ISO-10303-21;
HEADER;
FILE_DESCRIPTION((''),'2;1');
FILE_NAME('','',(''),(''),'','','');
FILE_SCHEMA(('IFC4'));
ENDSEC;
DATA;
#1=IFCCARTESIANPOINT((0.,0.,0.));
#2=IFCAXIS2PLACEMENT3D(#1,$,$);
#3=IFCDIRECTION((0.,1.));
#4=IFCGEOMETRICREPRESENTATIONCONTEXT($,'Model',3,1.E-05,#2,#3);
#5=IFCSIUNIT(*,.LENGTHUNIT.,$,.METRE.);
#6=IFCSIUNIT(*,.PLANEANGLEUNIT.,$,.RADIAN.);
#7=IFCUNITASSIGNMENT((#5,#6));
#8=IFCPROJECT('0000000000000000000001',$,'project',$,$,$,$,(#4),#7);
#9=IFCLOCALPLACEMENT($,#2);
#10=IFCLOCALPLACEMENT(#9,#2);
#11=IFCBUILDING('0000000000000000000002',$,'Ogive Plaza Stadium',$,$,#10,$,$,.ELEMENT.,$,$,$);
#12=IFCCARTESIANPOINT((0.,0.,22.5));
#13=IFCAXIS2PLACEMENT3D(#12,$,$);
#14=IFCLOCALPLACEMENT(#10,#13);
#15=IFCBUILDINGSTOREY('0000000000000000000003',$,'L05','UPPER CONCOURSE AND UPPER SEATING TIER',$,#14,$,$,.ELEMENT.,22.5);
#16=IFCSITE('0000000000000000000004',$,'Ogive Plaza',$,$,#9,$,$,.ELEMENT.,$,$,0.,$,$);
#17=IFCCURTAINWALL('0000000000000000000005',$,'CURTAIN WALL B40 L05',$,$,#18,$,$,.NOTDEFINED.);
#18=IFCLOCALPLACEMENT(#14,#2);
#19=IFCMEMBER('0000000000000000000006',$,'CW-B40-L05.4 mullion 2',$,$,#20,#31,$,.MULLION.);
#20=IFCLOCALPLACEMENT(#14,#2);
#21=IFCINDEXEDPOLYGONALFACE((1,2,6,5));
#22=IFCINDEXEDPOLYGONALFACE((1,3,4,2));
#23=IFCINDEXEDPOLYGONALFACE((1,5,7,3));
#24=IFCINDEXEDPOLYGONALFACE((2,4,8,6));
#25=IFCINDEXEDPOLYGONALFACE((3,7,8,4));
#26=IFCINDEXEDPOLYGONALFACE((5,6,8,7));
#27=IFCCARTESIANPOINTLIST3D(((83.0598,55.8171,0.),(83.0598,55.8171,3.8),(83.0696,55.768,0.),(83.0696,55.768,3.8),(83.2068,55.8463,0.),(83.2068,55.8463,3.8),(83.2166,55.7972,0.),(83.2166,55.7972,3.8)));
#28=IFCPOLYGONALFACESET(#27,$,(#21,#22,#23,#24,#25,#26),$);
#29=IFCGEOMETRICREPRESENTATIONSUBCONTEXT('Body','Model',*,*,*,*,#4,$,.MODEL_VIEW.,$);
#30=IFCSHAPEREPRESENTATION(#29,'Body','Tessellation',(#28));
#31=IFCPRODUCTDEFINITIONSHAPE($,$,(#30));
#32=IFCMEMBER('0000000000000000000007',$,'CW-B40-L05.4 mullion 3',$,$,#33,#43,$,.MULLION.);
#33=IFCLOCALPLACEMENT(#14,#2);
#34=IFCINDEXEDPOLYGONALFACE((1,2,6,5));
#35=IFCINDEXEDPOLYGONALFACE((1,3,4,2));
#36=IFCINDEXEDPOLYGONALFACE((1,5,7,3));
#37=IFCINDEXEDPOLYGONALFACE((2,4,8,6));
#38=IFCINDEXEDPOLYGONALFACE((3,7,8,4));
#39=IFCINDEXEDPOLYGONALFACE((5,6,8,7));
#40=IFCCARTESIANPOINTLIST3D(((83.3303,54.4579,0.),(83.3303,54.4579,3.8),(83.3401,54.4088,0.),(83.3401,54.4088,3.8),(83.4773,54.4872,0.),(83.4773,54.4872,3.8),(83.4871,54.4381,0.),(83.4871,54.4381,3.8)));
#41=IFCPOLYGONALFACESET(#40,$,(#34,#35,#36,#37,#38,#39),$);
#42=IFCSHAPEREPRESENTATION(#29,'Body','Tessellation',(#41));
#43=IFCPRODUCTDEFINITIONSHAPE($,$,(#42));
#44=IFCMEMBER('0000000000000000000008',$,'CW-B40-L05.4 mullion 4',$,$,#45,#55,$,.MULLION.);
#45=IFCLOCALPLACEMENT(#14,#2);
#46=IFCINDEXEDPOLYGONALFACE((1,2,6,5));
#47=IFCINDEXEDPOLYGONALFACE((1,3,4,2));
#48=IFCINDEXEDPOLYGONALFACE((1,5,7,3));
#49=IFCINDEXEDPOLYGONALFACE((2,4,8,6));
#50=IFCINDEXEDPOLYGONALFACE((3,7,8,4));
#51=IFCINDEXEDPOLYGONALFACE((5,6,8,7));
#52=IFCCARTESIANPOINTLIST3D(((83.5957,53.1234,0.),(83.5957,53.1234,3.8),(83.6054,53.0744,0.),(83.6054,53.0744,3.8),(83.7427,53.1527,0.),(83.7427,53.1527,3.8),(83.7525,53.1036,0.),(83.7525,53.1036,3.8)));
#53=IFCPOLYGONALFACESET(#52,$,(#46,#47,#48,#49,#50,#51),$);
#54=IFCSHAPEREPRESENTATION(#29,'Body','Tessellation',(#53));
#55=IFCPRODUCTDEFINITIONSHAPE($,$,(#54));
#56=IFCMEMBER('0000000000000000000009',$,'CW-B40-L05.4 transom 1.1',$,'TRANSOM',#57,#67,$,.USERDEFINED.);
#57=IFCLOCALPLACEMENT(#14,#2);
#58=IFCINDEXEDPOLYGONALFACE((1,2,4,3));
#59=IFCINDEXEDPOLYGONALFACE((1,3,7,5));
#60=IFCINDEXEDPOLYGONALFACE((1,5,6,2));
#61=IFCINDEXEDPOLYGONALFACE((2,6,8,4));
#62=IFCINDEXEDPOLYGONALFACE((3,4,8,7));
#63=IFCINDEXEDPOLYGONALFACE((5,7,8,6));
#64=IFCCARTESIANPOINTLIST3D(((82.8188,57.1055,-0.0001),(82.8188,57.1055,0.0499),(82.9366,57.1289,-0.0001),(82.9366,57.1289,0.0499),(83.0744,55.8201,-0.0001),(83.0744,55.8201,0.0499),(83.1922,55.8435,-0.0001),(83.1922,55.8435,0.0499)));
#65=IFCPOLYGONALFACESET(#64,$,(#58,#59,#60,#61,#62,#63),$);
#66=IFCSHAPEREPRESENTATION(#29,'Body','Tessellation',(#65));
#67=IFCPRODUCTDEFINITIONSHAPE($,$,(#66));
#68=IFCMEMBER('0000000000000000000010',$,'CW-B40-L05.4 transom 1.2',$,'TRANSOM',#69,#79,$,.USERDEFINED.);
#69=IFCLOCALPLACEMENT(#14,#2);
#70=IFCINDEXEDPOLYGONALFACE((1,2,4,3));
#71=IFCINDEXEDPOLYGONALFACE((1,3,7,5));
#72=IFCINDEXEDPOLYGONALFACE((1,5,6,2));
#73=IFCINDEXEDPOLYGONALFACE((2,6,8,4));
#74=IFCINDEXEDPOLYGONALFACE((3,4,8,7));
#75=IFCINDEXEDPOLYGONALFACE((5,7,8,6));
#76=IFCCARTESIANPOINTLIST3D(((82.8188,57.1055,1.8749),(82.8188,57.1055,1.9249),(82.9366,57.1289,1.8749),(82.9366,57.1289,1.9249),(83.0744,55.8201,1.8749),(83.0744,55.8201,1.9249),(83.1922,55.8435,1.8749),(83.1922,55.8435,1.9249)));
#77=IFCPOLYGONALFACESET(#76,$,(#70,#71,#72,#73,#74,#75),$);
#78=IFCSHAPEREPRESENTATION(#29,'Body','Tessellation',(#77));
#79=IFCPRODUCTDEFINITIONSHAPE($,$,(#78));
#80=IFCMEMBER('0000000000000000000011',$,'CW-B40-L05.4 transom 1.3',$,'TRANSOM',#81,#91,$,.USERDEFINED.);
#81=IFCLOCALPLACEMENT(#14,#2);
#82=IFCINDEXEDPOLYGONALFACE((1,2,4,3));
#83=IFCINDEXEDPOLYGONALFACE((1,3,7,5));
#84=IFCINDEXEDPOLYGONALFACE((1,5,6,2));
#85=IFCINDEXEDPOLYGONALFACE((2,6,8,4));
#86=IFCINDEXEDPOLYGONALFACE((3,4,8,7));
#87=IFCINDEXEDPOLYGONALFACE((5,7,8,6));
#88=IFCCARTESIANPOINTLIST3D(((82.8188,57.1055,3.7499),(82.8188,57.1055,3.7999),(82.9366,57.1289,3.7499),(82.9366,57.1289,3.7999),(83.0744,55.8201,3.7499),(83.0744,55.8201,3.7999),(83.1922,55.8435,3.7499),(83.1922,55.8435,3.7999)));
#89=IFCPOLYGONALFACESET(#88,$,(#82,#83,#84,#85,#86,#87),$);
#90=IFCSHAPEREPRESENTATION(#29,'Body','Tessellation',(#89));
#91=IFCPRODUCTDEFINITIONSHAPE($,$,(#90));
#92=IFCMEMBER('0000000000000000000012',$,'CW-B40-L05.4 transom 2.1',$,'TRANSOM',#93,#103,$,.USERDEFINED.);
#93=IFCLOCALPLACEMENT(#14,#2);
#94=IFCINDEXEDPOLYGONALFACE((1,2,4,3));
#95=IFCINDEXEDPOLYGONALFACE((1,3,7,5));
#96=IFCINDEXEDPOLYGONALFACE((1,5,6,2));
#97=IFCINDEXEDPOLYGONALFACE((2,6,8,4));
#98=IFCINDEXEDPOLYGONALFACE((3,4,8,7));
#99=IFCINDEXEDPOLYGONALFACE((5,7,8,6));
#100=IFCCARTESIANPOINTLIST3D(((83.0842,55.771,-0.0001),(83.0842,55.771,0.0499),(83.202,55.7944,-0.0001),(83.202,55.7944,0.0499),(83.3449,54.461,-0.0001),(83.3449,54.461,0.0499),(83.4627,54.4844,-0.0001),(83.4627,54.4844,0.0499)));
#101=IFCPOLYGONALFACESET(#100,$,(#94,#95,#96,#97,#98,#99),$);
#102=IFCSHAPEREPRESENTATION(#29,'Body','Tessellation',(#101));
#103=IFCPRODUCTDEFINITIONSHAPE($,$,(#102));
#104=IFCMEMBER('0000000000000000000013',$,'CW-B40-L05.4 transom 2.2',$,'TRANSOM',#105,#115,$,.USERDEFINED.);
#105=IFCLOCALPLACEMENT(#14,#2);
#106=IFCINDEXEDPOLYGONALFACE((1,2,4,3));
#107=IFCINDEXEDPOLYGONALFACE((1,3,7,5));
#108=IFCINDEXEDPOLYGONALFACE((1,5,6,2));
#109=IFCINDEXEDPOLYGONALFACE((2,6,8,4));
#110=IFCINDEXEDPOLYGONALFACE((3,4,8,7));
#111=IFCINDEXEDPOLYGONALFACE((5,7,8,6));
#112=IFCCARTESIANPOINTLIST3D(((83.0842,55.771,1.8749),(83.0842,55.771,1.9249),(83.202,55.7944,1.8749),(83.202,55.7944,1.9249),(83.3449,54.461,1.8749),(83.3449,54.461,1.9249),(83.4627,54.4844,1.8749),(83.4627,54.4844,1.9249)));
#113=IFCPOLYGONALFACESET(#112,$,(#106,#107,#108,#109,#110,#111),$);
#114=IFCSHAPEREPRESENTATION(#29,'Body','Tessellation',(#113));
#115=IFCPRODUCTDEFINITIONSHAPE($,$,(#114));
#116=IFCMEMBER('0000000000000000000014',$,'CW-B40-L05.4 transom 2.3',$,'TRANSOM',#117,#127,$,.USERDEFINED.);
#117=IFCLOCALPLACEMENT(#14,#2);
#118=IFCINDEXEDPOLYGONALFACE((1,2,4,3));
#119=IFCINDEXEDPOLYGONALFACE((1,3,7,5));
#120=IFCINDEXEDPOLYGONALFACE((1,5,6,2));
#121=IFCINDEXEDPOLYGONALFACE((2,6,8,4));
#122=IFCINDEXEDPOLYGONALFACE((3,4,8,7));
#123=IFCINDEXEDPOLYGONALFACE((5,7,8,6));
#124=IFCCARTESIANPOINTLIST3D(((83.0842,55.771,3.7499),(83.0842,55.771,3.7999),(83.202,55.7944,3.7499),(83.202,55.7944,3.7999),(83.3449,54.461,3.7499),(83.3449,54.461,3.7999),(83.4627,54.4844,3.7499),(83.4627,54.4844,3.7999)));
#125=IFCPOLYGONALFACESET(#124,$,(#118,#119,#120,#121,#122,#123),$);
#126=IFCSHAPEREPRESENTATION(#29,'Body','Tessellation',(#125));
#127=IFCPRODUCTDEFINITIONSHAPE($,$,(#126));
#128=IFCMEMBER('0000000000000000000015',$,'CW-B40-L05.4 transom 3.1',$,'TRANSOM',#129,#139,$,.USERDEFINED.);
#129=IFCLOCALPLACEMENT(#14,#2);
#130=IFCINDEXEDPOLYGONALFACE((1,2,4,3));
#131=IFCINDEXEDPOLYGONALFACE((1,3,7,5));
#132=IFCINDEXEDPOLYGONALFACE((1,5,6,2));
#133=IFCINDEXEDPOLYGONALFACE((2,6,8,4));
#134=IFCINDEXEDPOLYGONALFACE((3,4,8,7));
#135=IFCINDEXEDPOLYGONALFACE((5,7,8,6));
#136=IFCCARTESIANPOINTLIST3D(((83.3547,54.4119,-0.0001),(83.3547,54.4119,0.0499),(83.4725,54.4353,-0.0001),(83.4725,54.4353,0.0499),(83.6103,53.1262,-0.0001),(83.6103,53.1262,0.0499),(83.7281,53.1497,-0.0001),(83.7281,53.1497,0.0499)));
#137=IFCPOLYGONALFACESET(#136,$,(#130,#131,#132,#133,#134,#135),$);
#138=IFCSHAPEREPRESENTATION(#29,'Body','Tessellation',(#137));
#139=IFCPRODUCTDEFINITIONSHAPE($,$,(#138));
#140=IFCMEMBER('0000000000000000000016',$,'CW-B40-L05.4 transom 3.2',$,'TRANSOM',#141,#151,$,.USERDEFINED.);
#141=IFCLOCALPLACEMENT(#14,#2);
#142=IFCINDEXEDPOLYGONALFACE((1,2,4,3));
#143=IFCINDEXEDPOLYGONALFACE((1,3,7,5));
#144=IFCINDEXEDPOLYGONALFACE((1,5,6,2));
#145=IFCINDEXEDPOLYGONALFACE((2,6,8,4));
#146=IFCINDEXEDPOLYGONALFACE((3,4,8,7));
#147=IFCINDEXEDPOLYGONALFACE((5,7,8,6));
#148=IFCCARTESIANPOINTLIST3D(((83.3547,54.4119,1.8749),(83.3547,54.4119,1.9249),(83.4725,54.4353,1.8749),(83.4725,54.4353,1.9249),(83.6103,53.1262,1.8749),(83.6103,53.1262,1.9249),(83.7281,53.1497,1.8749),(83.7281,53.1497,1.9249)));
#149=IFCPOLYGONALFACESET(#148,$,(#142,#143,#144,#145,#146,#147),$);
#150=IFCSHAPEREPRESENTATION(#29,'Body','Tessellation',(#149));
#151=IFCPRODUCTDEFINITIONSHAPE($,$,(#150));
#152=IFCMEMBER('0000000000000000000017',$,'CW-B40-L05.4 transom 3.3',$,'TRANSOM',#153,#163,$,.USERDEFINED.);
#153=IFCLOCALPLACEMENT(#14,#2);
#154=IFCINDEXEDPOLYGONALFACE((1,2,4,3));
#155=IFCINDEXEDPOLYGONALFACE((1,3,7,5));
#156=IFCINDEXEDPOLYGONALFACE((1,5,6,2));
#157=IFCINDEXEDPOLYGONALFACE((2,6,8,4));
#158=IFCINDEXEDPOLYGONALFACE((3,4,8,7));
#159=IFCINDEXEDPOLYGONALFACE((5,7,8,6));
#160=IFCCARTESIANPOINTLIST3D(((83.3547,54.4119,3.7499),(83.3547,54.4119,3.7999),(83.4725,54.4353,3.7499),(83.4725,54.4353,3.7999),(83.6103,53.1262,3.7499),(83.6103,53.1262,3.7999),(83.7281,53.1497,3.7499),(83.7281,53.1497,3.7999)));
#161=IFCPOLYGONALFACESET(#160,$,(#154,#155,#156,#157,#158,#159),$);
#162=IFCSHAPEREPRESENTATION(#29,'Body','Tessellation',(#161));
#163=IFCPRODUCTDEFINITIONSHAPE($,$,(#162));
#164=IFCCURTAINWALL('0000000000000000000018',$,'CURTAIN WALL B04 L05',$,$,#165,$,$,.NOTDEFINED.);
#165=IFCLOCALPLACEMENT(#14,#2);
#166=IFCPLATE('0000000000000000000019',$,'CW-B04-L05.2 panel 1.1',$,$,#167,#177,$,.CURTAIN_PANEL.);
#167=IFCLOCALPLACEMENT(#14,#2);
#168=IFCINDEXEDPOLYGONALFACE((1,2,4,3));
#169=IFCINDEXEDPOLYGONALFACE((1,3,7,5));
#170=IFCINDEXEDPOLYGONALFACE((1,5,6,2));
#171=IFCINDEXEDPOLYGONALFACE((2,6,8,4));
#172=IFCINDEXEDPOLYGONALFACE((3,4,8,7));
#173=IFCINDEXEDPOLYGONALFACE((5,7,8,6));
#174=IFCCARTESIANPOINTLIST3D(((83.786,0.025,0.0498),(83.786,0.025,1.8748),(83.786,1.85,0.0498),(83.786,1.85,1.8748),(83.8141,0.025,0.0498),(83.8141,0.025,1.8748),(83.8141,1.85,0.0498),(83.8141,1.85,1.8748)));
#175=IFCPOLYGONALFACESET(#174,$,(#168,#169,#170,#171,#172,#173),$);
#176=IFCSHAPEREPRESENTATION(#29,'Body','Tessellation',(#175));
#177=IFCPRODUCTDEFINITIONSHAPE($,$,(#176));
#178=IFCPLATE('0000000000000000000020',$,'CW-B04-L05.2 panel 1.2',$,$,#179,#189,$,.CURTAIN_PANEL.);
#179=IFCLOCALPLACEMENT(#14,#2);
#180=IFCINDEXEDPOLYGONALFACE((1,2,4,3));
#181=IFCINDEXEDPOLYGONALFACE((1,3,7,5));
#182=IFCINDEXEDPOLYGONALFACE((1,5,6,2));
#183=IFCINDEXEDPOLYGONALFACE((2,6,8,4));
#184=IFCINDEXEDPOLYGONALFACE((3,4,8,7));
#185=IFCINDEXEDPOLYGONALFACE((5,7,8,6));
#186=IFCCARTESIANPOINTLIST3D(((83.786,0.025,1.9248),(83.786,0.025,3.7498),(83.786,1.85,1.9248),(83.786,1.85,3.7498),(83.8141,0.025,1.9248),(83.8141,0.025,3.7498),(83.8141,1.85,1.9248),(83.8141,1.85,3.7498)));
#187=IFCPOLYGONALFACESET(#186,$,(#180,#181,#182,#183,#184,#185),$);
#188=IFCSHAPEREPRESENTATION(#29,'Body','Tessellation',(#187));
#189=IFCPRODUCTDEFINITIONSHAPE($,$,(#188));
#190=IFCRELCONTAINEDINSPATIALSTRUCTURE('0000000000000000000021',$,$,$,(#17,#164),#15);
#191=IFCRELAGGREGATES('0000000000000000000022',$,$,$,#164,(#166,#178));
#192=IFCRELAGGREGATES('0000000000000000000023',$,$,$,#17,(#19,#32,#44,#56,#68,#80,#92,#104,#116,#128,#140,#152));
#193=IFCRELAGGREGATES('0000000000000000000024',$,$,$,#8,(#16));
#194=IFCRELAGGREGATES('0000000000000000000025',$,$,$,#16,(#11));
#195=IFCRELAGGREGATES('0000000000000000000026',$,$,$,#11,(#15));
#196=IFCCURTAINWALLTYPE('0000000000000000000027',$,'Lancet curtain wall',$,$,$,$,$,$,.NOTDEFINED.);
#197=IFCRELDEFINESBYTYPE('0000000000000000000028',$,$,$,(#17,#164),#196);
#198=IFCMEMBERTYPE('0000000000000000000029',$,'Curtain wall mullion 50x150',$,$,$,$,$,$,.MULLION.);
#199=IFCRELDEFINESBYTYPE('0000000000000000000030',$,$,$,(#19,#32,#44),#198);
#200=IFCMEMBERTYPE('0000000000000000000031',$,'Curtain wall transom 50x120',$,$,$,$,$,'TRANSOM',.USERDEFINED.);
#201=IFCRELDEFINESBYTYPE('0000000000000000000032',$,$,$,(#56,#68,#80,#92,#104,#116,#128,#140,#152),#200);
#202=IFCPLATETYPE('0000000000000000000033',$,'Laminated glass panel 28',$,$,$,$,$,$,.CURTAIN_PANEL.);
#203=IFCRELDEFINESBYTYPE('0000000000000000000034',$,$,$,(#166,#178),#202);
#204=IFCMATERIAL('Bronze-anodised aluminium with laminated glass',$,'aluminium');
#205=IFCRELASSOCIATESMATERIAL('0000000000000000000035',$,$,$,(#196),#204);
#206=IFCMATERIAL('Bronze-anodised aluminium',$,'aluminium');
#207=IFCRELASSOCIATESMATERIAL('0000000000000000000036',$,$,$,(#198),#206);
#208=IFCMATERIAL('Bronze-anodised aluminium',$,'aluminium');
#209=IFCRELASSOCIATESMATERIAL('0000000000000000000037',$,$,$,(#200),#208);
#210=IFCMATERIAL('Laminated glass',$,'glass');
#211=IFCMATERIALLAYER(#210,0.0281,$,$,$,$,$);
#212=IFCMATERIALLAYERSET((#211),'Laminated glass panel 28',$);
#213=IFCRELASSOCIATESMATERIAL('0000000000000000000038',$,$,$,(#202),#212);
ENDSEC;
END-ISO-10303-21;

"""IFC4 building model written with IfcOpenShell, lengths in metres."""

from ifc_helpers import new_model, si_unit, direction, frame, origin, origin_2d, place, context, subcontext, project, spatial, rectangle, extrude, material, layer, layer_set, material_profile, profile_set, type_object, element, aggregate, save


model = new_model("IFC4")

# Units and contexts
model_context = context("Model", 3, precision=1e-05, world=origin(), true_north=direction((0.0, 1.0)))
body_context = subcontext(model_context, "Body", "Model", "MODEL_VIEW")
ifc_project = project(units=[si_unit("LENGTHUNIT", "METRE"), si_unit("PLANEANGLEUNIT", "RADIAN")], contexts=[model_context])

# Site, building, storey
site_placement = place(None, origin())
site = spatial("IfcSite", under=ifc_project, at=site_placement, Name="Ogive Plaza", CompositionType="ELEMENT", RefElevation=0.0)
building_placement = place(site_placement, origin())
building = spatial("IfcBuilding", under=site, at=building_placement, Name="Ogive Plaza Stadium", CompositionType="ELEMENT")
storey_placement = place(building_placement, frame((0.0, 0.0, 22.5)))
storey = spatial("IfcBuildingStorey", under=building, at=storey_placement, Name="L05", Description="UPPER CONCOURSE AND UPPER SEATING TIER", CompositionType="ELEMENT", Elevation=22.5)

# Curtain wall, members
ifc_material_1 = material(Name="Bronze-anodised aluminium with laminated glass", Category="aluminium")
curtain_wall_type = type_object("IfcCurtainWallType", Name="Lancet curtain wall", PredefinedType="NOTDEFINED", material=ifc_material_1)
curtain_wall_1_placement = place(storey_placement, origin())
curtain_wall_1 = element("IfcCurtainWall", 1, at=curtain_wall_1_placement, inside=storey, type_object=curtain_wall_type, Name="CURTAIN WALL B40 L05", PredefinedType="NOTDEFINED")
ifc_material_2 = material(Name="Bronze-anodised aluminium", Category="aluminium")
ifc_material_profile_1 = material_profile(ifc_material_2, rectangle(XDim=0.1499, YDim=0.05, at=origin_2d()), Name="AL 150x50")
ifc_profile_set_1 = profile_set([ifc_material_profile_1], Name="Bronze-anodised aluminium")
member_type_1 = type_object("IfcMemberType", Name="Curtain wall mullion 50x150", PredefinedType="MULLION", material=ifc_profile_set_1)
member_1_placement = place(storey_placement, frame((83.1382, 55.8071, 0.0), z_axis=(0.0, 0.0, 1.0), x_axis=(0.980785, 0.19509, 0.0)))
member_1 = element("IfcMember", 2, at=member_1_placement, type_object=member_type_1, Name="CW-B40-L05.4 mullion 2", PredefinedType="MULLION", context=body_context, shape_type="SweptSolid", body=[
    extrude(rectangle(XDim=0.1499, YDim=0.05, at=origin_2d()), origin(), (0.0, 0.0, 1.0), 3.8),
])
member_2_placement = place(storey_placement, frame((83.4087, 54.448, 0.0), z_axis=(0.0, 0.0, 1.0), x_axis=(0.980785, 0.19509, 0.0)))
member_2 = element("IfcMember", 3, at=member_2_placement, type_object=member_type_1, Name="CW-B40-L05.4 mullion 3", PredefinedType="MULLION", context=body_context, shape_type="SweptSolid", body=[
    extrude(rectangle(XDim=0.1499, YDim=0.05, at=origin_2d()), origin(), (0.0, 0.0, 1.0), 3.8),
])
member_3_placement = place(storey_placement, frame((83.6741, 53.1135, 0.0), z_axis=(0.0, 0.0, 1.0), x_axis=(0.980785, 0.19509, 0.0)))
member_3 = element("IfcMember", 4, at=member_3_placement, type_object=member_type_1, Name="CW-B40-L05.4 mullion 4", PredefinedType="MULLION", context=body_context, shape_type="SweptSolid", body=[
    extrude(rectangle(XDim=0.1499, YDim=0.05, at=origin_2d()), origin(), (0.0, 0.0, 1.0), 3.8),
])
ifc_material_3 = material(Name="Bronze-anodised aluminium", Category="aluminium")
ifc_material_profile_2 = material_profile(ifc_material_3, rectangle(XDim=0.1201, YDim=0.05, at=origin_2d()), Name="AL 120x50")
ifc_profile_set_2 = profile_set([ifc_material_profile_2], Name="Bronze-anodised aluminium")
member_type_2 = type_object("IfcMemberType", Name="Curtain wall transom 50x120", ElementType="TRANSOM", PredefinedType="USERDEFINED", material=ifc_profile_set_2)
member_4_placement = place(storey_placement, frame((82.8777, 57.1172, 0.0249), z_axis=(0.195041, -0.980795, 0.0), x_axis=(0.980795, 0.195041, 0.0)))
member_4 = element("IfcMember", 5, at=member_4_placement, type_object=member_type_2, Name="CW-B40-L05.4 transom 1.1", ObjectType="TRANSOM", PredefinedType="USERDEFINED", context=body_context, shape_type="SweptSolid", body=[
    extrude(rectangle(XDim=0.1201, YDim=0.05, at=origin_2d()), origin(), (0.0, 0.0, 1.0), 1.3105),
])
member_5_placement = place(storey_placement, frame((82.8777, 57.1172, 1.8999), z_axis=(0.195041, -0.980795, 0.0), x_axis=(0.980795, 0.195041, 0.0)))
member_5 = element("IfcMember", 6, at=member_5_placement, type_object=member_type_2, Name="CW-B40-L05.4 transom 1.2", ObjectType="TRANSOM", PredefinedType="USERDEFINED", context=body_context, shape_type="SweptSolid", body=[
    extrude(rectangle(XDim=0.1201, YDim=0.05, at=origin_2d()), origin(), (0.0, 0.0, 1.0), 1.3105),
])
member_6_placement = place(storey_placement, frame((82.8777, 57.1172, 3.7749), z_axis=(0.195041, -0.980795, 0.0), x_axis=(0.980795, 0.195041, 0.0)))
member_6 = element("IfcMember", 7, at=member_6_placement, type_object=member_type_2, Name="CW-B40-L05.4 transom 1.3", ObjectType="TRANSOM", PredefinedType="USERDEFINED", context=body_context, shape_type="SweptSolid", body=[
    extrude(rectangle(XDim=0.1201, YDim=0.05, at=origin_2d()), origin(), (0.0, 0.0, 1.0), 1.3105),
])
member_7_placement = place(storey_placement, frame((83.1431, 55.7827, 0.0249), z_axis=(0.195202, -0.980763, 0.0), x_axis=(0.980763, 0.195202, 0.0)))
member_7 = element("IfcMember", 8, at=member_7_placement, type_object=member_type_2, Name="CW-B40-L05.4 transom 2.1", ObjectType="TRANSOM", PredefinedType="USERDEFINED", context=body_context, shape_type="SweptSolid", body=[
    extrude(rectangle(XDim=0.1201, YDim=0.05, at=origin_2d()), origin(), (0.0, 0.0, 1.0), 1.3357),
])
member_8_placement = place(storey_placement, frame((83.1431, 55.7827, 1.8999), z_axis=(0.195202, -0.980763, 0.0), x_axis=(0.980763, 0.195202, 0.0)))
member_8 = element("IfcMember", 9, at=member_8_placement, type_object=member_type_2, Name="CW-B40-L05.4 transom 2.2", ObjectType="TRANSOM", PredefinedType="USERDEFINED", context=body_context, shape_type="SweptSolid", body=[
    extrude(rectangle(XDim=0.1201, YDim=0.05, at=origin_2d()), origin(), (0.0, 0.0, 1.0), 1.3357),
])
member_9_placement = place(storey_placement, frame((83.1431, 55.7827, 3.7749), z_axis=(0.195202, -0.980763, 0.0), x_axis=(0.980763, 0.195202, 0.0)))
member_9 = element("IfcMember", 10, at=member_9_placement, type_object=member_type_2, Name="CW-B40-L05.4 transom 2.3", ObjectType="TRANSOM", PredefinedType="USERDEFINED", context=body_context, shape_type="SweptSolid", body=[
    extrude(rectangle(XDim=0.1201, YDim=0.05, at=origin_2d()), origin(), (0.0, 0.0, 1.0), 1.3357),
])
member_10_placement = place(storey_placement, frame((83.4136, 54.4236, 0.0249), z_axis=(0.195006, -0.980802, 0.0), x_axis=(0.980802, 0.195006, 0.0)))
member_10 = element("IfcMember", 11, at=member_10_placement, type_object=member_type_2, Name="CW-B40-L05.4 transom 3.1", ObjectType="TRANSOM", PredefinedType="USERDEFINED", context=body_context, shape_type="SweptSolid", body=[
    extrude(rectangle(XDim=0.1201, YDim=0.05, at=origin_2d()), origin(), (0.0, 0.0, 1.0), 1.3108),
])
member_11_placement = place(storey_placement, frame((83.4136, 54.4236, 1.8999), z_axis=(0.195006, -0.980802, 0.0), x_axis=(0.980802, 0.195006, 0.0)))
member_11 = element("IfcMember", 12, at=member_11_placement, type_object=member_type_2, Name="CW-B40-L05.4 transom 3.2", ObjectType="TRANSOM", PredefinedType="USERDEFINED", context=body_context, shape_type="SweptSolid", body=[
    extrude(rectangle(XDim=0.1201, YDim=0.05, at=origin_2d()), origin(), (0.0, 0.0, 1.0), 1.3108),
])
member_12_placement = place(storey_placement, frame((83.4136, 54.4236, 3.7749), z_axis=(0.195006, -0.980802, 0.0), x_axis=(0.980802, 0.195006, 0.0)))
member_12 = element("IfcMember", 13, at=member_12_placement, type_object=member_type_2, Name="CW-B40-L05.4 transom 3.3", ObjectType="TRANSOM", PredefinedType="USERDEFINED", context=body_context, shape_type="SweptSolid", body=[
    extrude(rectangle(XDim=0.1201, YDim=0.05, at=origin_2d()), origin(), (0.0, 0.0, 1.0), 1.3108),
])

# Curtain wall, plates
curtain_wall_2_placement = place(storey_placement, origin())
curtain_wall_2 = element("IfcCurtainWall", 14, at=curtain_wall_2_placement, inside=storey, type_object=curtain_wall_type, Name="CURTAIN WALL B04 L05", PredefinedType="NOTDEFINED")
ifc_material_4 = material(Name="Laminated glass", Category="glass")
ifc_layer_1 = layer(ifc_material_4, 0.0281)
ifc_layer_set_1 = layer_set([ifc_layer_1], Name="Laminated glass panel 28")
plate_type = type_object("IfcPlateType", Name="Laminated glass panel 28", PredefinedType="CURTAIN_PANEL", material=ifc_layer_set_1)
plate_1_placement = place(storey_placement, frame((83.8, 0.9375, 0.0498), z_axis=(0.0, 0.0, 1.0), x_axis=(0.0, -1.0, 0.0)))
plate_1 = element("IfcPlate", 15, at=plate_1_placement, type_object=plate_type, Name="CW-B04-L05.2 panel 1.1", PredefinedType="CURTAIN_PANEL", context=body_context, shape_type="SweptSolid", body=[
    extrude(rectangle(XDim=1.825, YDim=0.0281, at=origin_2d()), origin(), (0.0, 0.0, 1.0), 1.825),
])
plate_2_placement = place(storey_placement, frame((83.8, 0.9375, 1.9248), z_axis=(0.0, 0.0, 1.0), x_axis=(0.0, -1.0, 0.0)))
plate_2 = element("IfcPlate", 16, at=plate_2_placement, type_object=plate_type, Name="CW-B04-L05.2 panel 1.2", PredefinedType="CURTAIN_PANEL", context=body_context, shape_type="SweptSolid", body=[
    extrude(rectangle(XDim=1.825, YDim=0.0281, at=origin_2d()), origin(), (0.0, 0.0, 1.0), 1.825),
])
aggregate(curtain_wall_2, [plate_1, plate_2])

aggregate(curtain_wall_1, [member_1, member_2, member_3, member_4, member_5, member_6, member_7, member_8, member_9, member_10, member_11, member_12])

save(model, "model.ifc")
